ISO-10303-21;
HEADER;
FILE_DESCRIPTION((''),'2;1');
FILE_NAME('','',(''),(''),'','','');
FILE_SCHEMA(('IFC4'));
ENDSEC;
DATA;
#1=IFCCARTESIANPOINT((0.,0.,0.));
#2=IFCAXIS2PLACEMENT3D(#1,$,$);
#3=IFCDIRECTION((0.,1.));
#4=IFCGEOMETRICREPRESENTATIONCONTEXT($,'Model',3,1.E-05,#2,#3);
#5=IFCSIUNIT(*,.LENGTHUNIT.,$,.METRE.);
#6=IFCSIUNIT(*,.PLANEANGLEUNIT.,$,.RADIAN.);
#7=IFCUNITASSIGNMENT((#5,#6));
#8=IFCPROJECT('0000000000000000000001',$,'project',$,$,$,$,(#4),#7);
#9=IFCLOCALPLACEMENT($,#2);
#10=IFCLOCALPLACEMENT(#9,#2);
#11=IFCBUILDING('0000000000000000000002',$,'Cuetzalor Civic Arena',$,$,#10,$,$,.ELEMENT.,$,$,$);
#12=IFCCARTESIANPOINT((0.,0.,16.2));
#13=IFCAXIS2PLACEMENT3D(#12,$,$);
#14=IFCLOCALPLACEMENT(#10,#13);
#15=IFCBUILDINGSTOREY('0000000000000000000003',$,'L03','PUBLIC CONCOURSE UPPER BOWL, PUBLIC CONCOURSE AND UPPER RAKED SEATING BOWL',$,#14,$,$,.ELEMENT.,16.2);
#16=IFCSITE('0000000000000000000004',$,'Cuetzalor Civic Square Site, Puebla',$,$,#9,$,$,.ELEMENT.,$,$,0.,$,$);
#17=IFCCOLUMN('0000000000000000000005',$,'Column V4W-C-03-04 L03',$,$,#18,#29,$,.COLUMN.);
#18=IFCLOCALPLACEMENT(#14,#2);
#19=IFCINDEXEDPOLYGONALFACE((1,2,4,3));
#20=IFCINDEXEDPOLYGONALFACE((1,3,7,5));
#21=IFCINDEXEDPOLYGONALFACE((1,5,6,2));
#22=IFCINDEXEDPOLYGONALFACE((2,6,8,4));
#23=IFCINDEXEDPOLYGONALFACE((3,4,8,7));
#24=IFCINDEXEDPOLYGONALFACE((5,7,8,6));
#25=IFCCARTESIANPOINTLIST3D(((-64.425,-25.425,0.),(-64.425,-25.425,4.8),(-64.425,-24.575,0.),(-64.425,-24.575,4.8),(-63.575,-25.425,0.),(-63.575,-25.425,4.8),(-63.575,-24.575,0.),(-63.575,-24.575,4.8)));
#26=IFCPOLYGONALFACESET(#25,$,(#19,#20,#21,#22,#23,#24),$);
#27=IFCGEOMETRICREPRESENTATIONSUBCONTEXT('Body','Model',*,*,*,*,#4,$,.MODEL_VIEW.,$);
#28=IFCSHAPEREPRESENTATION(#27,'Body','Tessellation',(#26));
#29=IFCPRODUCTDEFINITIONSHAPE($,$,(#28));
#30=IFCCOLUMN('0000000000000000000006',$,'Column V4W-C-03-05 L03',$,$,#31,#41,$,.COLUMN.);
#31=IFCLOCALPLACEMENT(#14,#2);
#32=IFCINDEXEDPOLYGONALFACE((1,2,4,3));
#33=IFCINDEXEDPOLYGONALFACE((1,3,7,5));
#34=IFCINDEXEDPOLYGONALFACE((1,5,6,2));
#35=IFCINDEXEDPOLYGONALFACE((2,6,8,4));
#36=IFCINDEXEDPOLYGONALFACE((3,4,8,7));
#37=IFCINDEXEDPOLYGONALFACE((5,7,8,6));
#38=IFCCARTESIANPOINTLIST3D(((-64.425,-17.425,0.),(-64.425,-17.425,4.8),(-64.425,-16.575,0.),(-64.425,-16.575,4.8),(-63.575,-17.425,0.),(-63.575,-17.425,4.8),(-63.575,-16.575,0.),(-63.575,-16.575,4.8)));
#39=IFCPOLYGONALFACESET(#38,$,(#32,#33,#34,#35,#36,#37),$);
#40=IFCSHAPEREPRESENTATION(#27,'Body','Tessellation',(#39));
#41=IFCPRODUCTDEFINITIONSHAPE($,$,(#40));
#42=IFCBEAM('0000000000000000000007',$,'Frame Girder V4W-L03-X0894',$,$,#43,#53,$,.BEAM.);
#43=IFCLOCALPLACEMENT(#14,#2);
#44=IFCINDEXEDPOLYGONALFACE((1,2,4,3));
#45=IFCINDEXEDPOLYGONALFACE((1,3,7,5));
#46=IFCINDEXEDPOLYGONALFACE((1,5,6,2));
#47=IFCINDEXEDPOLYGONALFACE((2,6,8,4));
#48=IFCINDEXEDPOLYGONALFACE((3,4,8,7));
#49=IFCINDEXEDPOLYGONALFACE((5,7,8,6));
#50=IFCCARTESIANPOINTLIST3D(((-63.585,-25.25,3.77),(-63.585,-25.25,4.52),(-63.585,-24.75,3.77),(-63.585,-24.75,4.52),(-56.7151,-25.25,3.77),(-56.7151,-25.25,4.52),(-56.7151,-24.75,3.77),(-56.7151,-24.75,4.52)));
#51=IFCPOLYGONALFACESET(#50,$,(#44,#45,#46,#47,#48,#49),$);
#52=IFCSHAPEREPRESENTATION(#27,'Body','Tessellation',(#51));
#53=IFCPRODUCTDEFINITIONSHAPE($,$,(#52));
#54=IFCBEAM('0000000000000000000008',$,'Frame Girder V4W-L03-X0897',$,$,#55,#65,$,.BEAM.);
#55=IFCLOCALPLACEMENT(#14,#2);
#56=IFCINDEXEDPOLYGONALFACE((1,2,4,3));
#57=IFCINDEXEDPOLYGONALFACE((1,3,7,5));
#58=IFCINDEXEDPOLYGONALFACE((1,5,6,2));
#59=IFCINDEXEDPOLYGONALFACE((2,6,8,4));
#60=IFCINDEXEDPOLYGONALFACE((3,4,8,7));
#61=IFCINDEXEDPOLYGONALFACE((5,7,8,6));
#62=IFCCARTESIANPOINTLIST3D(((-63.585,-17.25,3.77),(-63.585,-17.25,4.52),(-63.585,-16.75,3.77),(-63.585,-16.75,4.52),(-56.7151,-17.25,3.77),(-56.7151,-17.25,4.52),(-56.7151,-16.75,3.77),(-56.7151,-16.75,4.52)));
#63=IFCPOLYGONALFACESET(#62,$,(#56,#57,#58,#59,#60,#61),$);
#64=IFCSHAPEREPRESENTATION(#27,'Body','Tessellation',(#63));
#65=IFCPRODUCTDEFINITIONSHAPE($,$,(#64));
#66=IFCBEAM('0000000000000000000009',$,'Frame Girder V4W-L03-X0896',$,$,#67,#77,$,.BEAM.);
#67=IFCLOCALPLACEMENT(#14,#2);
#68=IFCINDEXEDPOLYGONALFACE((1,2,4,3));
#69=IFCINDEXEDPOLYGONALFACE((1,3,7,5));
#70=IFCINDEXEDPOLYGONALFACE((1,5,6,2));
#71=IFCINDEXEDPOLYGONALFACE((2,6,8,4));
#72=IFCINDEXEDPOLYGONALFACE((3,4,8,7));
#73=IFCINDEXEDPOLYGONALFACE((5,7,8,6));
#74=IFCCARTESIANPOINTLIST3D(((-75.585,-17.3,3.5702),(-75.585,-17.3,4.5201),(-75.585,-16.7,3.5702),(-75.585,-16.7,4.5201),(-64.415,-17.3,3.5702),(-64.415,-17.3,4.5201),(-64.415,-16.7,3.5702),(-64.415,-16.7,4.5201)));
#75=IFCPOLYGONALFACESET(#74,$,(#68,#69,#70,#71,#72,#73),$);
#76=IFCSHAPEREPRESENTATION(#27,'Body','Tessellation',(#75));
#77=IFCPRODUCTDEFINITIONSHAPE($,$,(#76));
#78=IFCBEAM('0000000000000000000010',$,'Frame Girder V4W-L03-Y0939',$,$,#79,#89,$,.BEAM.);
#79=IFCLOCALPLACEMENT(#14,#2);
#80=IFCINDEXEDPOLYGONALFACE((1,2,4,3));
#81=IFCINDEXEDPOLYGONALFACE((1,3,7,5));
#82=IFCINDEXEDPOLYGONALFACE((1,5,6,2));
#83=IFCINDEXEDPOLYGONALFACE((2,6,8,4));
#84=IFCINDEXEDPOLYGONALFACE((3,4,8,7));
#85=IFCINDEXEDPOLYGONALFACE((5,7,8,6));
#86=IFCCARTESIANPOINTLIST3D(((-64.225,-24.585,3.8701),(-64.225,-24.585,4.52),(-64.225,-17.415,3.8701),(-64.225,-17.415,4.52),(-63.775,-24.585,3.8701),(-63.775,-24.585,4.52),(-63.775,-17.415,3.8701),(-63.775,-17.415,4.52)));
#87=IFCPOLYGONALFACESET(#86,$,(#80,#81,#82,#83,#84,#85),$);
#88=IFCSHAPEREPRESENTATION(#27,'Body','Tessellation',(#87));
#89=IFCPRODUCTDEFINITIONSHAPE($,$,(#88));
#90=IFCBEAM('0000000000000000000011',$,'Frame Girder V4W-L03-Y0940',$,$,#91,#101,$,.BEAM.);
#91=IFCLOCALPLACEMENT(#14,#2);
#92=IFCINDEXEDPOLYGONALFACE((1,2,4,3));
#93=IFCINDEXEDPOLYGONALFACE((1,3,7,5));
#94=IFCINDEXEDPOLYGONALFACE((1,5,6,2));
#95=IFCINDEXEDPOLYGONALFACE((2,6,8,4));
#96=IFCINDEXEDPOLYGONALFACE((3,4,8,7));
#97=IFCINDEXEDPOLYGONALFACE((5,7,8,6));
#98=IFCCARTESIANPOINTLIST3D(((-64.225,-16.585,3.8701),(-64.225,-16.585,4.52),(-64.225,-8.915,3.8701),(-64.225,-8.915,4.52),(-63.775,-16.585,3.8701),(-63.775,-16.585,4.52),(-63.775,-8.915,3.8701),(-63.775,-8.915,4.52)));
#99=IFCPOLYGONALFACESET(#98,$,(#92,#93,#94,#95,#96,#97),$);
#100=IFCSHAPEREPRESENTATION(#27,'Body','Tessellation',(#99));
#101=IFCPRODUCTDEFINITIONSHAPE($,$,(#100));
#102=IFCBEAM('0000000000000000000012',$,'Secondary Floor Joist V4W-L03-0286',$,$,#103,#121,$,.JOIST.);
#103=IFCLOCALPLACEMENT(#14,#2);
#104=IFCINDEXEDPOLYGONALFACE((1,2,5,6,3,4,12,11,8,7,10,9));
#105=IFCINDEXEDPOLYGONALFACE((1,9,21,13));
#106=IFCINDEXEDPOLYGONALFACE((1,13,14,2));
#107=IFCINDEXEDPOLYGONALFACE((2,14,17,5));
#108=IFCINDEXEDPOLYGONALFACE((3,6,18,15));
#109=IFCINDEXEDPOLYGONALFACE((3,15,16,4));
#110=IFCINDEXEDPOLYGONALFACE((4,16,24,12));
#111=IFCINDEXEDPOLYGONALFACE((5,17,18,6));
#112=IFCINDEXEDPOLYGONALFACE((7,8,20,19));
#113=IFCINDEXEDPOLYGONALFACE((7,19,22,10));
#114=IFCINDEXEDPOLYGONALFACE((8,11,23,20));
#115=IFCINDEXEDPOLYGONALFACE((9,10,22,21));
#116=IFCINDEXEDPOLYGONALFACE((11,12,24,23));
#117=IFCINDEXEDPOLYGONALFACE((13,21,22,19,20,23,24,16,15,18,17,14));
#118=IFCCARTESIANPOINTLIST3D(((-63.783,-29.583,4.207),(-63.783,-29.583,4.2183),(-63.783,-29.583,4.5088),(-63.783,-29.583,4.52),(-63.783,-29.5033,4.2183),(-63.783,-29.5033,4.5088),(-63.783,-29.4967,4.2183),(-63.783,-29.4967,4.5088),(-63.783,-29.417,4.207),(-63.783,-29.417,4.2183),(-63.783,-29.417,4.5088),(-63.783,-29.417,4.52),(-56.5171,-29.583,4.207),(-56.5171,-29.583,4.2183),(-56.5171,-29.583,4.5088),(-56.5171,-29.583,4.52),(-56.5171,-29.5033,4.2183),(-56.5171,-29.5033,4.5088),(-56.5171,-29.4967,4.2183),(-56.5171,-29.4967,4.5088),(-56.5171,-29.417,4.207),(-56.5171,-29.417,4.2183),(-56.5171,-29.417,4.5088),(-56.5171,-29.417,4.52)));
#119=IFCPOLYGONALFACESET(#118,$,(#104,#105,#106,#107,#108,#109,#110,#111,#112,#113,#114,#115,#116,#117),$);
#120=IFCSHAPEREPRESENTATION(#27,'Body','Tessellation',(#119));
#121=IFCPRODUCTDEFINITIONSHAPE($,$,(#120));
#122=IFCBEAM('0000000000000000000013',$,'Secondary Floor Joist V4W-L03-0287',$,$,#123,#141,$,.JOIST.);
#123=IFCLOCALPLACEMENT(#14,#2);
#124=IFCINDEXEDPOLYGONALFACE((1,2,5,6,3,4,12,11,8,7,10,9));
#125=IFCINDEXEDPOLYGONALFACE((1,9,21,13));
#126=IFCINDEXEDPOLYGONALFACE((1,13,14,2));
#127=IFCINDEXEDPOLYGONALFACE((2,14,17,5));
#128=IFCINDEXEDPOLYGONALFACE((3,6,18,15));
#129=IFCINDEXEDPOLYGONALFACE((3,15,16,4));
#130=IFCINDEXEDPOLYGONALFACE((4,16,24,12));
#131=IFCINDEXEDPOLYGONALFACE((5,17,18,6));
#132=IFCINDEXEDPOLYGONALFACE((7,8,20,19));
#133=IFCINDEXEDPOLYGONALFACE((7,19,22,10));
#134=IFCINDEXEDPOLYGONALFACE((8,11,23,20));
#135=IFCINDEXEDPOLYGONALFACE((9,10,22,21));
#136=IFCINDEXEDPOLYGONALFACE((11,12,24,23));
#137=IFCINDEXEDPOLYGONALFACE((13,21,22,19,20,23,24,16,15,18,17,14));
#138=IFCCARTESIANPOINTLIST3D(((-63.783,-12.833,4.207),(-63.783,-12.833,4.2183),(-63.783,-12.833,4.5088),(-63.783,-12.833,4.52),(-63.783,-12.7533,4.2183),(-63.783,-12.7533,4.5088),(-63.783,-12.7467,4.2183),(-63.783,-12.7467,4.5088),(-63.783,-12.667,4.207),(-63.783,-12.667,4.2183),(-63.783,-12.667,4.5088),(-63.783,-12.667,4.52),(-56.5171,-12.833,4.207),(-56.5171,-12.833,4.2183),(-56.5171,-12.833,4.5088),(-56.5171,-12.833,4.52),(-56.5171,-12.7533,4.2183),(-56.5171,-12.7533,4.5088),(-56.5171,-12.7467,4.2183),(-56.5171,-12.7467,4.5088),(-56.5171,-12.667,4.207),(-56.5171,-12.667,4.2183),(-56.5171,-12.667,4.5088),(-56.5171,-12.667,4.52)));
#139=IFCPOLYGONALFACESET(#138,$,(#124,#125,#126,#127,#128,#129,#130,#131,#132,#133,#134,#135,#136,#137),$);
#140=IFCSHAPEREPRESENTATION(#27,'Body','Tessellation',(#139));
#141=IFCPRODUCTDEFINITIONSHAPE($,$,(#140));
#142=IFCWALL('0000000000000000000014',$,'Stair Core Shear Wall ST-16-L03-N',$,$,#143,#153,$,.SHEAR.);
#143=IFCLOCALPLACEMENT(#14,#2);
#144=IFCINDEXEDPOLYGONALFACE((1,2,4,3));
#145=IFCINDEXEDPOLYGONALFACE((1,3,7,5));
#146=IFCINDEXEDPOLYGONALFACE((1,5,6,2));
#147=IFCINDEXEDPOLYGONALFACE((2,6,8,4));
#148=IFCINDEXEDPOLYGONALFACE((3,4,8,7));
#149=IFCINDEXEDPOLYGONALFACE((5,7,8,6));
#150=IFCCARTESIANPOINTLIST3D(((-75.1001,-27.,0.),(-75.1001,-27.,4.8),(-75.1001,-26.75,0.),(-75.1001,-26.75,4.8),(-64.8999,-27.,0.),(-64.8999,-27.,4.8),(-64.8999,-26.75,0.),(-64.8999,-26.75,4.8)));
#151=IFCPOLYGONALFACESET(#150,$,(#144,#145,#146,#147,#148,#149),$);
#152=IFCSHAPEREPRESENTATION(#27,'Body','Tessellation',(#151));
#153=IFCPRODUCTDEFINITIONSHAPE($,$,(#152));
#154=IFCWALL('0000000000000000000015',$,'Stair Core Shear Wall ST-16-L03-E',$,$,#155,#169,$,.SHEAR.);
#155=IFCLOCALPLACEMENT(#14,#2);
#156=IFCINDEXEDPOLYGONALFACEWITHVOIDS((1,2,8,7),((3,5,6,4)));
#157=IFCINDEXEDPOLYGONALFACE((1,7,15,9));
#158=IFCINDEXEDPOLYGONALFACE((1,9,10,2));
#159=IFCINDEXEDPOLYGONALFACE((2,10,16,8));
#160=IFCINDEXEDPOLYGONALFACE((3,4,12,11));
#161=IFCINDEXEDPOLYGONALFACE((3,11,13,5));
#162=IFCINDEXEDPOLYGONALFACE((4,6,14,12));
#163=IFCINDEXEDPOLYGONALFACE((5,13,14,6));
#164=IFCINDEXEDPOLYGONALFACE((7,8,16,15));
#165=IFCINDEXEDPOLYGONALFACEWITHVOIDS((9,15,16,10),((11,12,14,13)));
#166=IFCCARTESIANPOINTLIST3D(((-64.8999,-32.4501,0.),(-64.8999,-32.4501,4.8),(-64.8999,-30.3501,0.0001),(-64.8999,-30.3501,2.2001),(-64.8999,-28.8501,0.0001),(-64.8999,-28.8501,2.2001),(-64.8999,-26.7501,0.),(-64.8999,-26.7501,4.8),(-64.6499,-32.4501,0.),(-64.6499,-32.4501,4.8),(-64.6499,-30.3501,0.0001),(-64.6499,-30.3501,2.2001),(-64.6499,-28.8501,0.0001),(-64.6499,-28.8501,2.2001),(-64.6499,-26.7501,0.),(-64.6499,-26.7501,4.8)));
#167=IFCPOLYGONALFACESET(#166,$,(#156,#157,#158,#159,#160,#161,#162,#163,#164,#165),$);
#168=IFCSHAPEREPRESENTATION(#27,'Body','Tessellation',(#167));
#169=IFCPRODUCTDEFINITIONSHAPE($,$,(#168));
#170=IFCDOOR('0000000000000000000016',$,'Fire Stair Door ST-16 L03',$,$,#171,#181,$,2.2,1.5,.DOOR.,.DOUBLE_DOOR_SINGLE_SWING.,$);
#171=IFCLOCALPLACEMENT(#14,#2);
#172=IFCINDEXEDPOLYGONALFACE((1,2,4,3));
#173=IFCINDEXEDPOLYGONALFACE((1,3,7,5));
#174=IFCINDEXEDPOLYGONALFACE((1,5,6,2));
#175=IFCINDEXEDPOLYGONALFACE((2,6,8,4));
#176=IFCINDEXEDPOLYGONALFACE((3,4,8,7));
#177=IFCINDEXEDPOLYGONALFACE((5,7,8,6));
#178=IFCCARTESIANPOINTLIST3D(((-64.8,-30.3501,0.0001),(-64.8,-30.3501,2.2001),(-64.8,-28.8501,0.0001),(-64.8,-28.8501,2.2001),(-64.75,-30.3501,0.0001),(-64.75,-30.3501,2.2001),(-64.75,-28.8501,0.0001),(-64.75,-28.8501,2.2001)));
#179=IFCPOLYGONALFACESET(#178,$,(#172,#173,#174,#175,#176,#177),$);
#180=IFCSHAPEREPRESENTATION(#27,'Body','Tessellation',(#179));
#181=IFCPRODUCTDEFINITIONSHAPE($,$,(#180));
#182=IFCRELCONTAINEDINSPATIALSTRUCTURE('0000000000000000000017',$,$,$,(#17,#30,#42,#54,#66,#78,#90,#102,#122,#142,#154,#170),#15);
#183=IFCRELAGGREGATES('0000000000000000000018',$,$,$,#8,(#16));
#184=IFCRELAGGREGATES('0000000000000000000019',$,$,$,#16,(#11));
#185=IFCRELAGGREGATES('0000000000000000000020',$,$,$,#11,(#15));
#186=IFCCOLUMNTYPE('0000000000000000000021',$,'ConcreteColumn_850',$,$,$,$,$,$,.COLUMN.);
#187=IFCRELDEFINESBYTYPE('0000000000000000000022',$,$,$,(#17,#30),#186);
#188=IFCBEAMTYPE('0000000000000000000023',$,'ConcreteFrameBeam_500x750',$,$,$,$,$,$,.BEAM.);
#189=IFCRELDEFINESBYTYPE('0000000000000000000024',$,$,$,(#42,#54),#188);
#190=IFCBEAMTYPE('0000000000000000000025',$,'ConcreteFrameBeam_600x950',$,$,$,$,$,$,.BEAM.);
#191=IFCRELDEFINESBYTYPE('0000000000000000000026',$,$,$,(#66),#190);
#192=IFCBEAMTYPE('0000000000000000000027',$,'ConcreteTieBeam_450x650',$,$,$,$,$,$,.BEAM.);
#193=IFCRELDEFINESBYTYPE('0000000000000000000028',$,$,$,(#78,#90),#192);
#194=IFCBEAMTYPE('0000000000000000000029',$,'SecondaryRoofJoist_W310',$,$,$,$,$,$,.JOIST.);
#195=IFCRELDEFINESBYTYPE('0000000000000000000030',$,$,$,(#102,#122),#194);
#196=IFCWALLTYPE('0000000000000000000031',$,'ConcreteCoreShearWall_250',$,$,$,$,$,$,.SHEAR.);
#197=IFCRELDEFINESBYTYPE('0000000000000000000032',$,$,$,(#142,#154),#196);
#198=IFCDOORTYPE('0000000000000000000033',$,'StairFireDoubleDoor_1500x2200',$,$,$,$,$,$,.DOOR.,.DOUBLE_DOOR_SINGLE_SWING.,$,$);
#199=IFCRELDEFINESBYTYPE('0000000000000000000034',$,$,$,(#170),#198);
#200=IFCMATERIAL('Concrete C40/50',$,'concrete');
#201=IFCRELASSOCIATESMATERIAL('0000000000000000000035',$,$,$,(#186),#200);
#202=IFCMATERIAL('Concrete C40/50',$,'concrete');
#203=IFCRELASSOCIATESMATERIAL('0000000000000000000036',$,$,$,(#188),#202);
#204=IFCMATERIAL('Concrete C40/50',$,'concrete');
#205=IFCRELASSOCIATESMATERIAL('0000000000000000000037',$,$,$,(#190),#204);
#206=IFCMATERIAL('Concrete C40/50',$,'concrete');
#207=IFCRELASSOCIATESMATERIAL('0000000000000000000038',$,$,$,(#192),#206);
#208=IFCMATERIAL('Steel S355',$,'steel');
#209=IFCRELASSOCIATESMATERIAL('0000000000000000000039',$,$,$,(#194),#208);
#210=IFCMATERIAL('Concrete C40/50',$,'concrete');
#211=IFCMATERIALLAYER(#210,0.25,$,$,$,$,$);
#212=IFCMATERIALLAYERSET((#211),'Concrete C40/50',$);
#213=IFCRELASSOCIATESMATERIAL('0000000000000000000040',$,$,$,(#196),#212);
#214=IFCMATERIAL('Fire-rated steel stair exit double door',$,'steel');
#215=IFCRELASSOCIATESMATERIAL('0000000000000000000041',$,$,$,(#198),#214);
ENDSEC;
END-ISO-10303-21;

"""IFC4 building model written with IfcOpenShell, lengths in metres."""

from ifc_helpers import new_model, si_unit, direction, frame, frame_2d, origin, origin_2d, place, context, subcontext, project, spatial, rectangle, i_section, extrude, material, layer, layer_set, material_profile, profile_set, type_object, element, fill, save


model = new_model("IFC4")

# Units and contexts
model_context = context("Model", 3, precision=1e-05, world=origin(), true_north=direction((0.0, 1.0)))
body_context = subcontext(model_context, "Body", "Model", "MODEL_VIEW")
ifc_project = project(units=[si_unit("LENGTHUNIT", "METRE"), si_unit("PLANEANGLEUNIT", "RADIAN")], contexts=[model_context])

# Site, building, storey
site_placement = place(None, origin())
site = spatial("IfcSite", under=ifc_project, at=site_placement, Name="Cuetzalor Civic Square Site, Puebla", CompositionType="ELEMENT", RefElevation=0.0)
building_placement = place(site_placement, origin())
building = spatial("IfcBuilding", under=site, at=building_placement, Name="Cuetzalor Civic Arena", CompositionType="ELEMENT")
storey_placement = place(building_placement, frame((0.0, 0.0, 16.2)))
storey = spatial("IfcBuildingStorey", under=building, at=storey_placement, Name="L03", Description="PUBLIC CONCOURSE UPPER BOWL, PUBLIC CONCOURSE AND UPPER RAKED SEATING BOWL", CompositionType="ELEMENT", Elevation=16.2)

# Columns
ifc_material_1 = material(Name="Concrete C40/50", Category="concrete")
ifc_material_profile_1 = material_profile(ifc_material_1, rectangle(XDim=0.8501, YDim=0.8501, at=origin_2d()), Name="RC 850x850")
ifc_profile_set_1 = profile_set([ifc_material_profile_1], Name="Concrete C40/50")
column_type = type_object("IfcColumnType", Name="ConcreteColumn_850", PredefinedType="COLUMN", material=ifc_profile_set_1)
for number, where, z_axis, x_axis, name in (
    (1, (-64.0, -25.0, 0.0), (0.0, 0.0, 1.0), (1.0, 0.0, 0.0), "Column V4W-C-03-04 L03"),
    (2, (-64.0, -17.0, 0.0), (0.0, 0.0, 1.0), (1.0, 0.0, 0.0), "Column V4W-C-03-05 L03"),
):
    element("IfcColumn", number, at=place(storey_placement, frame(where, z_axis=z_axis, x_axis=x_axis)), inside=storey, type_object=column_type, Name=name, PredefinedType="COLUMN", context=body_context, shape_type="SweptSolid", body=[
        extrude(rectangle(XDim=0.8501, YDim=0.8501, at=origin_2d()), origin(), (0.0, 0.0, 1.0), 4.8),
    ])

# Beams
ifc_material_2 = material(Name="Concrete C40/50", Category="concrete")
ifc_material_profile_2 = material_profile(ifc_material_2, rectangle(XDim=0.5, YDim=0.75, at=origin_2d()), Name="RC 500x750")
ifc_profile_set_2 = profile_set([ifc_material_profile_2], Name="Concrete C40/50")
beam_type_1 = type_object("IfcBeamType", Name="ConcreteFrameBeam_500x750", PredefinedType="BEAM", material=ifc_profile_set_2)
for number, where, z_axis, x_axis, name in (
    (3, (-63.585, -25.0, 4.145), (1.0, 0.0, 0.0), (0.0, 1.0, 0.0), "Frame Girder V4W-L03-X0894"),
    (4, (-63.585, -17.0, 4.145), (1.0, 0.0, 0.0), (0.0, 1.0, 0.0), "Frame Girder V4W-L03-X0897"),
):
    element("IfcBeam", number, at=place(storey_placement, frame(where, z_axis=z_axis, x_axis=x_axis)), inside=storey, type_object=beam_type_1, Name=name, PredefinedType="BEAM", context=body_context, shape_type="SweptSolid", body=[
        extrude(rectangle(XDim=0.5, YDim=0.75, at=origin_2d()), origin(), (0.0, 0.0, 1.0), 6.8699),
    ])
ifc_material_3 = material(Name="Concrete C40/50", Category="concrete")
ifc_material_profile_3 = material_profile(ifc_material_3, rectangle(XDim=0.6001, YDim=0.95, at=origin_2d()), Name="RC 600x950")
ifc_profile_set_3 = profile_set([ifc_material_profile_3], Name="Concrete C40/50")
beam_type_2 = type_object("IfcBeamType", Name="ConcreteFrameBeam_600x950", PredefinedType="BEAM", material=ifc_profile_set_3)
beam_1_placement = place(storey_placement, frame((-75.585, -17.0, 4.0452), z_axis=(1.0, 0.0, 0.0), x_axis=(0.0, 1.0, 0.0)))
element("IfcBeam", 5, at=beam_1_placement, inside=storey, type_object=beam_type_2, Name="Frame Girder V4W-L03-X0896", PredefinedType="BEAM", context=body_context, shape_type="SweptSolid", body=[
    extrude(rectangle(XDim=0.6001, YDim=0.95, at=origin_2d()), origin(), (0.0, 0.0, 1.0), 11.1699),
])
ifc_material_4 = material(Name="Concrete C40/50", Category="concrete")
ifc_material_profile_4 = material_profile(ifc_material_4, rectangle(XDim=0.45, YDim=0.6499, at=origin_2d()), Name="RC 450x650")
ifc_profile_set_4 = profile_set([ifc_material_profile_4], Name="Concrete C40/50")
beam_type_3 = type_object("IfcBeamType", Name="ConcreteTieBeam_450x650", PredefinedType="BEAM", material=ifc_profile_set_4)
beam_2_placement = place(storey_placement, frame((-64.0, -24.585, 4.1951), z_axis=(0.0, 1.0, 0.0), x_axis=(-1.0, 0.0, 0.0)))
element("IfcBeam", 6, at=beam_2_placement, inside=storey, type_object=beam_type_3, Name="Frame Girder V4W-L03-Y0939", PredefinedType="BEAM", context=body_context, shape_type="SweptSolid", body=[
    extrude(rectangle(XDim=0.45, YDim=0.6499, at=origin_2d()), origin(), (0.0, 0.0, 1.0), 7.1699),
])
beam_3_placement = place(storey_placement, frame((-64.0, -16.585, 4.1951), z_axis=(0.0, 1.0, 0.0), x_axis=(-1.0, 0.0, 0.0)))
element("IfcBeam", 7, at=beam_3_placement, inside=storey, type_object=beam_type_3, Name="Frame Girder V4W-L03-Y0940", PredefinedType="BEAM", context=body_context, shape_type="SweptSolid", body=[
    extrude(rectangle(XDim=0.45, YDim=0.6499, at=origin_2d()), origin(), (0.0, 0.0, 1.0), 7.6699),
])
ifc_material_5 = material(Name="Steel S355", Category="steel")
ifc_material_profile_5 = material_profile(ifc_material_5, i_section(OverallWidth=0.166, OverallDepth=0.313, WebThickness=0.0066, FlangeThickness=0.0112, at=origin_2d()), Name="W310x45")
ifc_profile_set_5 = profile_set([ifc_material_profile_5], Name="Steel S355")
beam_type_4 = type_object("IfcBeamType", Name="SecondaryRoofJoist_W310", PredefinedType="JOIST", material=ifc_profile_set_5)
for number, where, z_axis, x_axis, name in (
    (8, (-63.783, -29.5, 4.3635), (1.0, 0.0, 0.0), (0.0, 1.0, 0.0), "Secondary Floor Joist V4W-L03-0286"),
    (9, (-63.783, -12.75, 4.3635), (1.0, 0.0, 0.0), (0.0, 1.0, 0.0), "Secondary Floor Joist V4W-L03-0287"),
):
    element("IfcBeam", number, at=place(storey_placement, frame(where, z_axis=z_axis, x_axis=x_axis)), inside=storey, type_object=beam_type_4, Name=name, PredefinedType="JOIST", context=body_context, shape_type="SweptSolid", body=[
        extrude(i_section(OverallWidth=0.166, OverallDepth=0.313, WebThickness=0.0066, FlangeThickness=0.0112, at=origin_2d()), origin(), (0.0, 0.0, 1.0), 7.2659),
    ])

# Wall
ifc_material_6 = material(Name="Concrete C40/50", Category="concrete")
ifc_layer_1 = layer(ifc_material_6, 0.25)
ifc_layer_set_1 = layer_set([ifc_layer_1], Name="Concrete C40/50")
wall_type_1 = type_object("IfcWallType", Name="ConcreteCoreShearWall_250", PredefinedType="SHEAR", material=ifc_layer_set_1)
wall_1_placement = place(storey_placement, frame((-75.1001, -26.875, 0.0), z_axis=(0.0, 0.0, 1.0), x_axis=(1.0, 0.0, 0.0)))
element("IfcWall", 10, at=wall_1_placement, inside=storey, type_object=wall_type_1, Name="Stair Core Shear Wall ST-16-L03-N", PredefinedType="SHEAR", context=body_context, shape_type="SweptSolid", body=[
    extrude(rectangle(XDim=10.2002, YDim=0.25, at=frame_2d((5.1001, 0.0))), origin(), (0.0, 0.0, 1.0), 4.8),
])

# Wall, opening, door
wall_2_placement = place(storey_placement, frame((-64.7749, -26.75, 0.0), z_axis=(0.0, 0.0, 1.0), x_axis=(0.0, -1.0, 0.0)))
wall_2 = element("IfcWall", 11, at=wall_2_placement, inside=storey, type_object=wall_type_1, Name="Stair Core Shear Wall ST-16-L03-E", PredefinedType="SHEAR", context=body_context, shape_type="SweptSolid", body=[
    extrude(rectangle(XDim=5.7, YDim=0.25, at=frame_2d((2.8501, 0.0))), origin(), (0.0, 0.0, 1.0), 4.8),
])
opening_1_placement = place(wall_2_placement, frame((2.1001, 0.0, 0.0)))
opening_1 = element("IfcOpeningElement", 12, at=opening_1_placement, cuts=wall_2, PredefinedType="OPENING", context=body_context, shape_type="SweptSolid", body=[
    extrude(rectangle(XDim=1.5, YDim=2.2, at=frame_2d((0.75, 1.1001))), frame((0.0, 0.135, 0.0), z_axis=(0.0, -1.0, 0.0), x_axis=(1.0, 0.0, 0.0)), (0.0, 0.0, 1.0), 0.27),
])
ifc_material_7 = material(Name="Fire-rated steel stair exit double door", Category="steel")
door_type_1 = type_object("IfcDoorType", Name="StairFireDoubleDoor_1500x2200", OperationType="DOUBLE_DOOR_SINGLE_SWING", PredefinedType="DOOR", material=ifc_material_7)
door_1_placement = place(opening_1_placement, origin())
door_1 = element("IfcDoor", 13, at=door_1_placement, inside=storey, type_object=door_type_1, Name="Fire Stair Door ST-16 L03", OperationType="DOUBLE_DOOR_SINGLE_SWING", OverallHeight=2.2, OverallWidth=1.5, PredefinedType="DOOR", context=body_context, shape_type="SweptSolid", body=[
    extrude(rectangle(XDim=1.5, YDim=2.2, at=frame_2d((0.75, 1.1001))), frame((0.0, 0.0249, 0.0), z_axis=(0.0, -1.0, 0.0), x_axis=(1.0, 0.0, 0.0)), (0.0, 0.0, 1.0), 0.05),
])
fill(opening_1, door_1)

save(model, "model.ifc")
